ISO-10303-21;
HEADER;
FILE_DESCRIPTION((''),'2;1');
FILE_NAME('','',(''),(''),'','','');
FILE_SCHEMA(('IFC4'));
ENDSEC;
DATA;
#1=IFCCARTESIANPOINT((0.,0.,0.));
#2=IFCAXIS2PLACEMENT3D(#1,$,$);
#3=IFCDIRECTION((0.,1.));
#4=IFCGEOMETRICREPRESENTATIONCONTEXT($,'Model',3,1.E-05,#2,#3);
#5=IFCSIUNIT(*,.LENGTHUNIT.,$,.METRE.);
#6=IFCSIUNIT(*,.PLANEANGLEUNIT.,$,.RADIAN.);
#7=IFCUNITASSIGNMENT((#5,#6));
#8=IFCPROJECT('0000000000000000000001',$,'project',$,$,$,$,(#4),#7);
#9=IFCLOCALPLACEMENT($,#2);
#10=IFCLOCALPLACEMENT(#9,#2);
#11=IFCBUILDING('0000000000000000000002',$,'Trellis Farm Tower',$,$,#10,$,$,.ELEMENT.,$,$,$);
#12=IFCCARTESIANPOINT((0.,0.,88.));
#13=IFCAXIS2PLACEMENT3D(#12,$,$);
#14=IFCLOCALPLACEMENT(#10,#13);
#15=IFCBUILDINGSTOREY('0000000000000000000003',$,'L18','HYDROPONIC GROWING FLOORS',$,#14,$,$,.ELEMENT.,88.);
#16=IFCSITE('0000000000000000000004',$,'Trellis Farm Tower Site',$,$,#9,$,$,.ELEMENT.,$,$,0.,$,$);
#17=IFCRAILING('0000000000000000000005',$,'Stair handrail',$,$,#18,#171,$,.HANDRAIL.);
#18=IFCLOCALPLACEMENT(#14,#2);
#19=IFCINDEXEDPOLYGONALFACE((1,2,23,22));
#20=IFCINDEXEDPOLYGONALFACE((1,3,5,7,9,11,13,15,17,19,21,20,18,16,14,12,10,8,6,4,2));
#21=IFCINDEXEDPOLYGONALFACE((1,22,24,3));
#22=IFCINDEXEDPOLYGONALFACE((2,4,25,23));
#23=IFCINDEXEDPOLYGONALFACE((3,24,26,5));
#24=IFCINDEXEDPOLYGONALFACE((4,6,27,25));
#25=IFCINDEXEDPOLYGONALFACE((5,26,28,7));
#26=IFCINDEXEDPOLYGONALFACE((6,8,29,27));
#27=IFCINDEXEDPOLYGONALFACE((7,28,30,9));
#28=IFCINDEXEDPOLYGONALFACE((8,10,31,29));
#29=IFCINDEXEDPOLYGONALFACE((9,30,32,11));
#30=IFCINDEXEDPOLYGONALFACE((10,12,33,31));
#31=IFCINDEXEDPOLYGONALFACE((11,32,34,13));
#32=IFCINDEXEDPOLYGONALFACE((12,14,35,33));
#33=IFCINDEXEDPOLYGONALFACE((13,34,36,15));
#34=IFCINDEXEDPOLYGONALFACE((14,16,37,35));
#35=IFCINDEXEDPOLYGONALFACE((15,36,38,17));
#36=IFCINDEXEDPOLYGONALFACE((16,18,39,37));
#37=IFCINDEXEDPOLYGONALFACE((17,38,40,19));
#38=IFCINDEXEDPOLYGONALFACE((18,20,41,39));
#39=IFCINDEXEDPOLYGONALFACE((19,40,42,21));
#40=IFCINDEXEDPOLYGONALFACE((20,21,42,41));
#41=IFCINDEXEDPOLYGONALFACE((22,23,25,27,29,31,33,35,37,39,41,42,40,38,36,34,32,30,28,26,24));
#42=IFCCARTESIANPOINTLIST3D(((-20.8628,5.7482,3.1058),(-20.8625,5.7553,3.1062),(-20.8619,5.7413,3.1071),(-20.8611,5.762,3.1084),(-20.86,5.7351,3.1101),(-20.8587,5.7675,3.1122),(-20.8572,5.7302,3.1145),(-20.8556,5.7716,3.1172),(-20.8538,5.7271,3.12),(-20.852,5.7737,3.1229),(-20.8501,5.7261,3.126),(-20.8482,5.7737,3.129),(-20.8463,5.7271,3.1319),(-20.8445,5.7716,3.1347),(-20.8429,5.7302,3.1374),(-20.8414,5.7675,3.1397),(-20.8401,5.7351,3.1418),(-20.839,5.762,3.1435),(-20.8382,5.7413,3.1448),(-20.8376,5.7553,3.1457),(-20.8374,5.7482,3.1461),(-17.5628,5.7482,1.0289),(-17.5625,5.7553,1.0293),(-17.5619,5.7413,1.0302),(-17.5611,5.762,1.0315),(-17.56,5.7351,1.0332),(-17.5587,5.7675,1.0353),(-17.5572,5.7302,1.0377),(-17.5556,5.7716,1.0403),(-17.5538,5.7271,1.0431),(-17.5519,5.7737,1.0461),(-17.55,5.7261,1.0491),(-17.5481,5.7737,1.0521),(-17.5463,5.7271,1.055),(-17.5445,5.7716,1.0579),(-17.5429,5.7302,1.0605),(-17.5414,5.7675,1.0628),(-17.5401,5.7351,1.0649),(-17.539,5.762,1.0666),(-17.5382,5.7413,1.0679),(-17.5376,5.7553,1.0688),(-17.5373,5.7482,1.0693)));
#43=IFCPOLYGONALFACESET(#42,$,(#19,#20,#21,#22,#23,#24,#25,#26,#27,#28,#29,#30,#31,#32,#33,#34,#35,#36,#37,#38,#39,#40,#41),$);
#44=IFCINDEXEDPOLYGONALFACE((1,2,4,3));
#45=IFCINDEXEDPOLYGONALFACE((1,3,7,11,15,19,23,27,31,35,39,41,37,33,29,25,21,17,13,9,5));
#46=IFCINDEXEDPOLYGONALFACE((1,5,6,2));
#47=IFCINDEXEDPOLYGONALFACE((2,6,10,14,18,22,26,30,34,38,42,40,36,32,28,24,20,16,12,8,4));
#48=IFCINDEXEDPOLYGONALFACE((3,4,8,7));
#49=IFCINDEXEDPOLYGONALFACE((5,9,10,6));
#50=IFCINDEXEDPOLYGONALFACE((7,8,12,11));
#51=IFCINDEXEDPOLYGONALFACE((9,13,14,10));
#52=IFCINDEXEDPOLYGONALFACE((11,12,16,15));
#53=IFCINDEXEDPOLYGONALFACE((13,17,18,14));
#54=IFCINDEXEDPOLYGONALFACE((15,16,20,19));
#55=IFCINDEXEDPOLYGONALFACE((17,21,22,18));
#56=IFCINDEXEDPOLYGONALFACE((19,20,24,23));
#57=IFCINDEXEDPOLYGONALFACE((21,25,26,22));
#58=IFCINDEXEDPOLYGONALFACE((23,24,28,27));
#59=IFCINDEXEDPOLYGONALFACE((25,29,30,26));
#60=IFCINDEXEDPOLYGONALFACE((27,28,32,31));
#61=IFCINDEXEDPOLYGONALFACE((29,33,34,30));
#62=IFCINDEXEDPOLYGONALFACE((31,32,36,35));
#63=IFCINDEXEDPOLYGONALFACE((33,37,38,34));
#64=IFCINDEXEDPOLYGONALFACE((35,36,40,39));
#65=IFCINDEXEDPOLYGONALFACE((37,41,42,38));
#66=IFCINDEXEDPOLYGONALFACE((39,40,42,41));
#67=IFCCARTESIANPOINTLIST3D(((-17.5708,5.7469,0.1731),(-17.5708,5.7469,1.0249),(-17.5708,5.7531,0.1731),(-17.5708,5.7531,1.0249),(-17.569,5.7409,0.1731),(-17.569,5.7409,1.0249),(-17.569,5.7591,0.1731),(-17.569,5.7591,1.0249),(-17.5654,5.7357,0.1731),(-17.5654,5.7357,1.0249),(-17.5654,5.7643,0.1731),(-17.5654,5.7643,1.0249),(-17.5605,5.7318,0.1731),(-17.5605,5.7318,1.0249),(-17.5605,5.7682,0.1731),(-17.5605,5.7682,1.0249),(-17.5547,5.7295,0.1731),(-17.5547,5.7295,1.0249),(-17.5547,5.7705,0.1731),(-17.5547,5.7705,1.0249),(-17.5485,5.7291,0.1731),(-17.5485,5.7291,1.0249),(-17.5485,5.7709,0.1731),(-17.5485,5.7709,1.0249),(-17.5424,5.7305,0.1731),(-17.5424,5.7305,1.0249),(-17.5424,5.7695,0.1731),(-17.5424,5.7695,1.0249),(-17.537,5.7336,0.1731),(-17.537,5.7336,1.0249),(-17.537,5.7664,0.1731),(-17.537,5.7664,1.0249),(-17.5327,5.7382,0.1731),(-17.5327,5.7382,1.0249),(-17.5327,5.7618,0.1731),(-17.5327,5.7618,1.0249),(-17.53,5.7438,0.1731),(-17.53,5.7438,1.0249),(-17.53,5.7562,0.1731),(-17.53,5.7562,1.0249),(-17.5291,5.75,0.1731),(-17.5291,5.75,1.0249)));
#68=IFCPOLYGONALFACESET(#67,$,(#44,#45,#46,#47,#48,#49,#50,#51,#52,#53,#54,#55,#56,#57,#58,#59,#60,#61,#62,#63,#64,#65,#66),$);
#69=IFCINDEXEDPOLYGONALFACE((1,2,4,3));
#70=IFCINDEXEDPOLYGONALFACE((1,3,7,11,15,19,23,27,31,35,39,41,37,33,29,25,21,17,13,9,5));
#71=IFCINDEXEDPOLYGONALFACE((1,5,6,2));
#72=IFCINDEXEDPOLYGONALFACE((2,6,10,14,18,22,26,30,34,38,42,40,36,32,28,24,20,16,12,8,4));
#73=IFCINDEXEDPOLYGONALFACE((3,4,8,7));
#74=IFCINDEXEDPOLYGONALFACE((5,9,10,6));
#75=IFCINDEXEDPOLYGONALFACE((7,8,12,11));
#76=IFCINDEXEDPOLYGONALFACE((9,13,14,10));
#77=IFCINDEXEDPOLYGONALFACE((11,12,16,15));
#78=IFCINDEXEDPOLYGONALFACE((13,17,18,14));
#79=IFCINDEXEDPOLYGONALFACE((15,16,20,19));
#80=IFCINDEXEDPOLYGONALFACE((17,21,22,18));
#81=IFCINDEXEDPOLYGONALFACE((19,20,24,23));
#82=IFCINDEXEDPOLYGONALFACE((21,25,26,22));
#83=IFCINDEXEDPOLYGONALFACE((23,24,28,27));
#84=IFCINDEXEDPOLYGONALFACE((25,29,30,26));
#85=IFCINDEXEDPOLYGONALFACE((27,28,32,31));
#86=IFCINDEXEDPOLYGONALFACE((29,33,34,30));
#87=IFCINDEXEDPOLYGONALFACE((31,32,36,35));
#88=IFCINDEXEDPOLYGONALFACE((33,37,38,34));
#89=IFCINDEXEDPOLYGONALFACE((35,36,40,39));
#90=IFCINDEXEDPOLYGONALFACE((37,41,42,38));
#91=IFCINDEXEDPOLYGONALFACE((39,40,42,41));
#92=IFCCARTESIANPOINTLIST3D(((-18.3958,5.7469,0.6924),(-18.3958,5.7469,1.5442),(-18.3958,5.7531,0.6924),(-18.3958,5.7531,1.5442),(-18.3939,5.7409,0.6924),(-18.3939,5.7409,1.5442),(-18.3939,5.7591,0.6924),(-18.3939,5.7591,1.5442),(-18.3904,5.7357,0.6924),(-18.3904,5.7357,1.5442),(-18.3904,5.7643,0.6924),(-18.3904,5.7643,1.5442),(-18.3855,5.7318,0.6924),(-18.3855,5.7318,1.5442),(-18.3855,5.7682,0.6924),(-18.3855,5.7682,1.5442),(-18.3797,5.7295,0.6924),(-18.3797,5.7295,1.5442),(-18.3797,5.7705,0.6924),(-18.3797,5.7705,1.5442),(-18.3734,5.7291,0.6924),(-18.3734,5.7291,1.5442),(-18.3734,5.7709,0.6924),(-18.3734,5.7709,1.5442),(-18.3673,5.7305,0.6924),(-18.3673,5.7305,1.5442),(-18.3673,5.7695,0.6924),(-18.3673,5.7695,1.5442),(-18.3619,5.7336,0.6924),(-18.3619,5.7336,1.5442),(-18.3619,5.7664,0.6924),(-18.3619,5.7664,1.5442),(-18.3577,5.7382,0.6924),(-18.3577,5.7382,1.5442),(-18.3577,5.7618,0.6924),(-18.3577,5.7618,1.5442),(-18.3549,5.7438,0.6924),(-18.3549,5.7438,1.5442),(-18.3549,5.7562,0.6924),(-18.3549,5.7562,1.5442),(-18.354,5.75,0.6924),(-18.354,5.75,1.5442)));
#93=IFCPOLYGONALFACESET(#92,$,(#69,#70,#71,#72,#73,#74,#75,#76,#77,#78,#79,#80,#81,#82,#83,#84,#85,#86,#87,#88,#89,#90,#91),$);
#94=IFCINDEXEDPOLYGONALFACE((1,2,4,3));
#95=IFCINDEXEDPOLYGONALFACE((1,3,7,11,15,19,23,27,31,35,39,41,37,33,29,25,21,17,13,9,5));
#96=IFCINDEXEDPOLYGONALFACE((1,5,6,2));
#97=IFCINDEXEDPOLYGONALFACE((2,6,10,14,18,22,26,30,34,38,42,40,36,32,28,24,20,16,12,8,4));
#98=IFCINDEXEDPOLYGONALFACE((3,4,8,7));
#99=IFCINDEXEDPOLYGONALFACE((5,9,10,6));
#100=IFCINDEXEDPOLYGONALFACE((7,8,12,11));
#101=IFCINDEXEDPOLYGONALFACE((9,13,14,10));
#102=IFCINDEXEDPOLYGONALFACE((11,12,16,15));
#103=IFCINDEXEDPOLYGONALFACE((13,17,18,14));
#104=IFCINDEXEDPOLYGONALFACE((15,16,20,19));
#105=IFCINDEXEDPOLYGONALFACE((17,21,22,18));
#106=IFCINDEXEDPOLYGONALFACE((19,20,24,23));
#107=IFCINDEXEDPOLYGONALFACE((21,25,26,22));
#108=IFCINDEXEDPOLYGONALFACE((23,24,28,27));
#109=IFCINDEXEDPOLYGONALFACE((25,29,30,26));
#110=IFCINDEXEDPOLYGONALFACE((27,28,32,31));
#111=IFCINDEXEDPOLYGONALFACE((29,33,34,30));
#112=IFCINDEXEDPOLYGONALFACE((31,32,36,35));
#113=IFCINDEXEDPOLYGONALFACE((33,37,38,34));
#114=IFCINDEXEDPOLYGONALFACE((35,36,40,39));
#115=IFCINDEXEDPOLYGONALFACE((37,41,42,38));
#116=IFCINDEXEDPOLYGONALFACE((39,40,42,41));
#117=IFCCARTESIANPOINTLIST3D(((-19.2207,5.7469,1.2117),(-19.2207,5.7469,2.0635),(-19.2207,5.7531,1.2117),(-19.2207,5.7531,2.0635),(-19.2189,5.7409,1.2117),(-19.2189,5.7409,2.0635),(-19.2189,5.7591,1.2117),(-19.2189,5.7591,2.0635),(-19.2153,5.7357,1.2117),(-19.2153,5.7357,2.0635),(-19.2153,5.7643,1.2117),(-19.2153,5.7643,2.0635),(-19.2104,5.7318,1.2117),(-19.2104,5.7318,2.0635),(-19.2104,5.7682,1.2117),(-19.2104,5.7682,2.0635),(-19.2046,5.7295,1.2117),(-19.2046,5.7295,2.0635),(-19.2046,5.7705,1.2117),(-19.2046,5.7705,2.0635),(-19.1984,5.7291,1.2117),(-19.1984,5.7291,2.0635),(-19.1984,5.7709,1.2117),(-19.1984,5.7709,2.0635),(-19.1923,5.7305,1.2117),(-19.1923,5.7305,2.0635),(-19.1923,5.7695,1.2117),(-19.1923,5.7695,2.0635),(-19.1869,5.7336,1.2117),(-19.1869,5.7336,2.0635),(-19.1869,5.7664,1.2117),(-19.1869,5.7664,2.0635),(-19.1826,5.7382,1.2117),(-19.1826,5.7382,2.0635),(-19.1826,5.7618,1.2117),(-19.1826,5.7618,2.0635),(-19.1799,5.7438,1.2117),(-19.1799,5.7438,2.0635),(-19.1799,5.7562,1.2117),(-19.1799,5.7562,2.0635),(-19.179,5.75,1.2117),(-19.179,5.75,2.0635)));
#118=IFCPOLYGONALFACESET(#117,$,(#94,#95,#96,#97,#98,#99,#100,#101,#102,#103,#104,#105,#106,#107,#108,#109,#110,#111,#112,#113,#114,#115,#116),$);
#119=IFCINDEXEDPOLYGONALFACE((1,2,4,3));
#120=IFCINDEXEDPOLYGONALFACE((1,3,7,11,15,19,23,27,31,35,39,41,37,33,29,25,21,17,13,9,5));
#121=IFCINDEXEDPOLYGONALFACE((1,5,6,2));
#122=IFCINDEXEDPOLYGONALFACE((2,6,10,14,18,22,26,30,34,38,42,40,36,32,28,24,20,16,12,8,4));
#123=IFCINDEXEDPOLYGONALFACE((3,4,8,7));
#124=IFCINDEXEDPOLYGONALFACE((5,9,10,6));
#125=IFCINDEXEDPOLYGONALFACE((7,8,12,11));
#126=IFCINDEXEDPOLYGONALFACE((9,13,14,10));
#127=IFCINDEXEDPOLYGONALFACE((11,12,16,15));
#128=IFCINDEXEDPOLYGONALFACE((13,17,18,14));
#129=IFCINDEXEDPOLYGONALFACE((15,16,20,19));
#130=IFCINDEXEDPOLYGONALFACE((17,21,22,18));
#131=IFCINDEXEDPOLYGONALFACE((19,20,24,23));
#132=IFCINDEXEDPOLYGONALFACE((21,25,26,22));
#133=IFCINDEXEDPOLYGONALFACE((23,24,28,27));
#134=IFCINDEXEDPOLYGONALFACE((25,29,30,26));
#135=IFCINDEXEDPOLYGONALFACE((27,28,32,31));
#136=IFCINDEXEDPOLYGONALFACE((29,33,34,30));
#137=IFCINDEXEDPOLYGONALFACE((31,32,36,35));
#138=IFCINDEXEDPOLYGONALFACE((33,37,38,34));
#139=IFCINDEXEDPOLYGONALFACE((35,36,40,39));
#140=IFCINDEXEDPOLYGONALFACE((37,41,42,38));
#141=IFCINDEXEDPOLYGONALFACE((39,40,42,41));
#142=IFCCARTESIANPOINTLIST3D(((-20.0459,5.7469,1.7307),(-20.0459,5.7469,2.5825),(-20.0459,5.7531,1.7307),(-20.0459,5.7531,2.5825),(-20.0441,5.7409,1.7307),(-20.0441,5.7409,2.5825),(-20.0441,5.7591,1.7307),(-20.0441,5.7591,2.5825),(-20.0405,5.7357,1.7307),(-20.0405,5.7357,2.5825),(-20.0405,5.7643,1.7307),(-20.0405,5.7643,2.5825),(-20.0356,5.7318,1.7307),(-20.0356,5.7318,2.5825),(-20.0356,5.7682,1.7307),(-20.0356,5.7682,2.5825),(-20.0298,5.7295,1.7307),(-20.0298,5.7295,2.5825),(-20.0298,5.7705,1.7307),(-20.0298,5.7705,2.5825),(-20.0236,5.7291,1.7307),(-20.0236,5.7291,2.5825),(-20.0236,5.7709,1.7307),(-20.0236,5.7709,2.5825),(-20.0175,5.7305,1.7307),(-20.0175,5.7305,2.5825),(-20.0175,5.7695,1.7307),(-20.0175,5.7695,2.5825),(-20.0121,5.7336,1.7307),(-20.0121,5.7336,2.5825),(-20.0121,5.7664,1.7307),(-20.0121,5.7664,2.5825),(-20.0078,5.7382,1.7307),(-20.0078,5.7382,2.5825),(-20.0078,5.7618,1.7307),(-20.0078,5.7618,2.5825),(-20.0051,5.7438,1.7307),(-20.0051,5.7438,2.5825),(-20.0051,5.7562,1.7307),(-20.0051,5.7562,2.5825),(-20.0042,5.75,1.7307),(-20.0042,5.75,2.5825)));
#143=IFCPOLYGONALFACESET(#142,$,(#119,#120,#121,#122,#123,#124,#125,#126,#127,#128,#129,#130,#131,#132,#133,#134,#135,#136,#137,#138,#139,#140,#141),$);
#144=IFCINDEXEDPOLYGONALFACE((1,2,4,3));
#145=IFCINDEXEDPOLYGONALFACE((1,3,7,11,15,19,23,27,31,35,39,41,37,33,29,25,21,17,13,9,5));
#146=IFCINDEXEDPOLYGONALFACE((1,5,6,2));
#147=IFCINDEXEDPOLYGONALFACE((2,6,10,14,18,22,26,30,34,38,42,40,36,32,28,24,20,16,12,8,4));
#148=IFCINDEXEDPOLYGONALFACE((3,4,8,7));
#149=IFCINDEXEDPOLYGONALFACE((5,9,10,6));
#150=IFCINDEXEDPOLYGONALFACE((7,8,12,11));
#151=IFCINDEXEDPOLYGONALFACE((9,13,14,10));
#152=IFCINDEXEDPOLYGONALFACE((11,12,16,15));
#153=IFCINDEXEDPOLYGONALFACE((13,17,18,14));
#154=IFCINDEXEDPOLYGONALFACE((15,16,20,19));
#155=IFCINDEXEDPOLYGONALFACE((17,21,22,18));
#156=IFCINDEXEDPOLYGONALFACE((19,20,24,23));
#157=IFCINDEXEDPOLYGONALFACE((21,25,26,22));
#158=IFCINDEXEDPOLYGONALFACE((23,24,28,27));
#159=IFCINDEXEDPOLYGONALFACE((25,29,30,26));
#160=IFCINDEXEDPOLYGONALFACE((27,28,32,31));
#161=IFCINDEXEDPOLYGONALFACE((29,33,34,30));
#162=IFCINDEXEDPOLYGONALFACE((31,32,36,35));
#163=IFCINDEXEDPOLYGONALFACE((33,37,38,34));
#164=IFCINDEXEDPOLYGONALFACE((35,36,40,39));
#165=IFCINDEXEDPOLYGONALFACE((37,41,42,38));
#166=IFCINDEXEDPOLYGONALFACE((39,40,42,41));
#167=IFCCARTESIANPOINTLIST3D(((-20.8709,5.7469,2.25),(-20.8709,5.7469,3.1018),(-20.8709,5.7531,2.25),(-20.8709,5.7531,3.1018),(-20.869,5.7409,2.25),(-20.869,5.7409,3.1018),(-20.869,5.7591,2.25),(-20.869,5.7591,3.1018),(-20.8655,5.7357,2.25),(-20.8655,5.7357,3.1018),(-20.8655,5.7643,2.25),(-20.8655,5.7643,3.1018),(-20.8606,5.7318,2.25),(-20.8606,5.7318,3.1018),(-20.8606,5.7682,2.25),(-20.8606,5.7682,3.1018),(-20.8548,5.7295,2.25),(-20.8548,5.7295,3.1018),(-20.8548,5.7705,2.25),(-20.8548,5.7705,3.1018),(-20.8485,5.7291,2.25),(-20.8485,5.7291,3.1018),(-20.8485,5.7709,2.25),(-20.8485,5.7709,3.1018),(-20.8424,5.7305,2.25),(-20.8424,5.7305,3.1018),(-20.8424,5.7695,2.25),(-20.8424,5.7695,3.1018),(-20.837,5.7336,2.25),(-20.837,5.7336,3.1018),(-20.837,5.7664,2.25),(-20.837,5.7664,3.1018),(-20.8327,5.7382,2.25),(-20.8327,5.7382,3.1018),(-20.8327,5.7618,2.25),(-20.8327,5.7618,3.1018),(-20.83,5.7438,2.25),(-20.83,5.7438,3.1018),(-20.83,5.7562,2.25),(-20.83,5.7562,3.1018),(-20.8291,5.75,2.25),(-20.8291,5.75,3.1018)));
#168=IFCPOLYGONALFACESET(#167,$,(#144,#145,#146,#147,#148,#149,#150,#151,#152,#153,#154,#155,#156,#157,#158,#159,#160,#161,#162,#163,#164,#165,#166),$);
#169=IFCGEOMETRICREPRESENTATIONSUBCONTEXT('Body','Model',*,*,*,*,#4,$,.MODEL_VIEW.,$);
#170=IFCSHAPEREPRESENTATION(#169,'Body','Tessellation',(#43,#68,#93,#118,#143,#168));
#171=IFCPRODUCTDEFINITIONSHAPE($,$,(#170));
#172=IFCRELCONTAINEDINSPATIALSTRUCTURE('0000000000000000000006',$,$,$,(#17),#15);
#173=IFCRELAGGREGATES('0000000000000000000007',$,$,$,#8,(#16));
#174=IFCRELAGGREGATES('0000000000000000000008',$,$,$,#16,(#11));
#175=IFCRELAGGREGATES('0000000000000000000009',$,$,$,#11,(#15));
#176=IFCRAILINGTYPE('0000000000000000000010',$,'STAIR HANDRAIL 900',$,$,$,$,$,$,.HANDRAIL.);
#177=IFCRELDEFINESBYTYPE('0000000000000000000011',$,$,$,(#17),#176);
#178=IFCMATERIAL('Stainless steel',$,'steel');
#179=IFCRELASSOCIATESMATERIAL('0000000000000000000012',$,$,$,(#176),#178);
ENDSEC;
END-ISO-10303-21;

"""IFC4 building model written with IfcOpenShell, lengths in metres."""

from ifc_helpers import new_model, si_unit, direction, frame, origin, origin_2d, place, context, subcontext, project, spatial, circle, extrude, source, transform, mapped, material, type_object, element, save


model = new_model("IFC4")

# Units and contexts
model_context = context("Model", 3, precision=1e-05, world=origin(), true_north=direction((0.0, 1.0)))
body_context = subcontext(model_context, "Body", "Model", "MODEL_VIEW")
ifc_project = project(units=[si_unit("LENGTHUNIT", "METRE"), si_unit("PLANEANGLEUNIT", "RADIAN")], contexts=[model_context])

# Site, building, storey
site_placement = place(None, origin())
site = spatial("IfcSite", under=ifc_project, at=site_placement, Name="Trellis Farm Tower Site", CompositionType="ELEMENT", RefElevation=0.0)
building_placement = place(site_placement, origin())
building = spatial("IfcBuilding", under=site, at=building_placement, Name="Trellis Farm Tower", CompositionType="ELEMENT")
storey_placement = place(building_placement, frame((0.0, 0.0, 88.0)))
storey = spatial("IfcBuildingStorey", under=building, at=storey_placement, Name="L18", Description="HYDROPONIC GROWING FLOORS", CompositionType="ELEMENT", Elevation=88.0)

# Railing
ifc_material_1 = material(Name="Stainless steel", Category="steel")
railing_type = type_object("IfcRailingType", Name="STAIR HANDRAIL 900", PredefinedType="HANDRAIL", material=ifc_material_1)
shared_shape_1 = source(origin(), body_context, "Body", "SweptSolid", [
    extrude(circle(Radius=0.0239, at=origin_2d()), frame((0.0, 0.0, 0.876), z_axis=(-0.846337, 0.0, 0.532647), x_axis=(0.0, -1.0, 0.0)), (0.0, 0.0, 1.0), 3.8992),
    extrude(circle(Radius=0.021, at=origin_2d()), origin(), (0.0, 0.0, 1.0), 0.8518),
    extrude(circle(Radius=0.021, at=origin_2d()), frame((-0.825, 0.0, 0.5193)), (0.0, 0.0, 1.0), 0.8518),
    extrude(circle(Radius=0.021, at=origin_2d()), frame((-1.6499, 0.0, 1.0386)), (0.0, 0.0, 1.0), 0.8518),
    extrude(circle(Radius=0.021, at=origin_2d()), frame((-2.4751, 0.0, 1.5576)), (0.0, 0.0, 1.0), 0.8518),
    extrude(circle(Radius=0.021, at=origin_2d()), frame((-3.3, 0.0, 2.0769)), (0.0, 0.0, 1.0), 0.8518),
])
for number, where, name in (
    (1, (-17.55, 5.75, 0.1731), "Stair handrail"),
):
    element("IfcRailing", number, at=place(storey_placement, frame(where)), inside=storey, type_object=railing_type, Name=name, PredefinedType="HANDRAIL", context=body_context, shape_type="MappedRepresentation", body=[
        mapped(shared_shape_1, transform((0.0, 0.0, 0.0))),
    ])

save(model, "model.ifc")
